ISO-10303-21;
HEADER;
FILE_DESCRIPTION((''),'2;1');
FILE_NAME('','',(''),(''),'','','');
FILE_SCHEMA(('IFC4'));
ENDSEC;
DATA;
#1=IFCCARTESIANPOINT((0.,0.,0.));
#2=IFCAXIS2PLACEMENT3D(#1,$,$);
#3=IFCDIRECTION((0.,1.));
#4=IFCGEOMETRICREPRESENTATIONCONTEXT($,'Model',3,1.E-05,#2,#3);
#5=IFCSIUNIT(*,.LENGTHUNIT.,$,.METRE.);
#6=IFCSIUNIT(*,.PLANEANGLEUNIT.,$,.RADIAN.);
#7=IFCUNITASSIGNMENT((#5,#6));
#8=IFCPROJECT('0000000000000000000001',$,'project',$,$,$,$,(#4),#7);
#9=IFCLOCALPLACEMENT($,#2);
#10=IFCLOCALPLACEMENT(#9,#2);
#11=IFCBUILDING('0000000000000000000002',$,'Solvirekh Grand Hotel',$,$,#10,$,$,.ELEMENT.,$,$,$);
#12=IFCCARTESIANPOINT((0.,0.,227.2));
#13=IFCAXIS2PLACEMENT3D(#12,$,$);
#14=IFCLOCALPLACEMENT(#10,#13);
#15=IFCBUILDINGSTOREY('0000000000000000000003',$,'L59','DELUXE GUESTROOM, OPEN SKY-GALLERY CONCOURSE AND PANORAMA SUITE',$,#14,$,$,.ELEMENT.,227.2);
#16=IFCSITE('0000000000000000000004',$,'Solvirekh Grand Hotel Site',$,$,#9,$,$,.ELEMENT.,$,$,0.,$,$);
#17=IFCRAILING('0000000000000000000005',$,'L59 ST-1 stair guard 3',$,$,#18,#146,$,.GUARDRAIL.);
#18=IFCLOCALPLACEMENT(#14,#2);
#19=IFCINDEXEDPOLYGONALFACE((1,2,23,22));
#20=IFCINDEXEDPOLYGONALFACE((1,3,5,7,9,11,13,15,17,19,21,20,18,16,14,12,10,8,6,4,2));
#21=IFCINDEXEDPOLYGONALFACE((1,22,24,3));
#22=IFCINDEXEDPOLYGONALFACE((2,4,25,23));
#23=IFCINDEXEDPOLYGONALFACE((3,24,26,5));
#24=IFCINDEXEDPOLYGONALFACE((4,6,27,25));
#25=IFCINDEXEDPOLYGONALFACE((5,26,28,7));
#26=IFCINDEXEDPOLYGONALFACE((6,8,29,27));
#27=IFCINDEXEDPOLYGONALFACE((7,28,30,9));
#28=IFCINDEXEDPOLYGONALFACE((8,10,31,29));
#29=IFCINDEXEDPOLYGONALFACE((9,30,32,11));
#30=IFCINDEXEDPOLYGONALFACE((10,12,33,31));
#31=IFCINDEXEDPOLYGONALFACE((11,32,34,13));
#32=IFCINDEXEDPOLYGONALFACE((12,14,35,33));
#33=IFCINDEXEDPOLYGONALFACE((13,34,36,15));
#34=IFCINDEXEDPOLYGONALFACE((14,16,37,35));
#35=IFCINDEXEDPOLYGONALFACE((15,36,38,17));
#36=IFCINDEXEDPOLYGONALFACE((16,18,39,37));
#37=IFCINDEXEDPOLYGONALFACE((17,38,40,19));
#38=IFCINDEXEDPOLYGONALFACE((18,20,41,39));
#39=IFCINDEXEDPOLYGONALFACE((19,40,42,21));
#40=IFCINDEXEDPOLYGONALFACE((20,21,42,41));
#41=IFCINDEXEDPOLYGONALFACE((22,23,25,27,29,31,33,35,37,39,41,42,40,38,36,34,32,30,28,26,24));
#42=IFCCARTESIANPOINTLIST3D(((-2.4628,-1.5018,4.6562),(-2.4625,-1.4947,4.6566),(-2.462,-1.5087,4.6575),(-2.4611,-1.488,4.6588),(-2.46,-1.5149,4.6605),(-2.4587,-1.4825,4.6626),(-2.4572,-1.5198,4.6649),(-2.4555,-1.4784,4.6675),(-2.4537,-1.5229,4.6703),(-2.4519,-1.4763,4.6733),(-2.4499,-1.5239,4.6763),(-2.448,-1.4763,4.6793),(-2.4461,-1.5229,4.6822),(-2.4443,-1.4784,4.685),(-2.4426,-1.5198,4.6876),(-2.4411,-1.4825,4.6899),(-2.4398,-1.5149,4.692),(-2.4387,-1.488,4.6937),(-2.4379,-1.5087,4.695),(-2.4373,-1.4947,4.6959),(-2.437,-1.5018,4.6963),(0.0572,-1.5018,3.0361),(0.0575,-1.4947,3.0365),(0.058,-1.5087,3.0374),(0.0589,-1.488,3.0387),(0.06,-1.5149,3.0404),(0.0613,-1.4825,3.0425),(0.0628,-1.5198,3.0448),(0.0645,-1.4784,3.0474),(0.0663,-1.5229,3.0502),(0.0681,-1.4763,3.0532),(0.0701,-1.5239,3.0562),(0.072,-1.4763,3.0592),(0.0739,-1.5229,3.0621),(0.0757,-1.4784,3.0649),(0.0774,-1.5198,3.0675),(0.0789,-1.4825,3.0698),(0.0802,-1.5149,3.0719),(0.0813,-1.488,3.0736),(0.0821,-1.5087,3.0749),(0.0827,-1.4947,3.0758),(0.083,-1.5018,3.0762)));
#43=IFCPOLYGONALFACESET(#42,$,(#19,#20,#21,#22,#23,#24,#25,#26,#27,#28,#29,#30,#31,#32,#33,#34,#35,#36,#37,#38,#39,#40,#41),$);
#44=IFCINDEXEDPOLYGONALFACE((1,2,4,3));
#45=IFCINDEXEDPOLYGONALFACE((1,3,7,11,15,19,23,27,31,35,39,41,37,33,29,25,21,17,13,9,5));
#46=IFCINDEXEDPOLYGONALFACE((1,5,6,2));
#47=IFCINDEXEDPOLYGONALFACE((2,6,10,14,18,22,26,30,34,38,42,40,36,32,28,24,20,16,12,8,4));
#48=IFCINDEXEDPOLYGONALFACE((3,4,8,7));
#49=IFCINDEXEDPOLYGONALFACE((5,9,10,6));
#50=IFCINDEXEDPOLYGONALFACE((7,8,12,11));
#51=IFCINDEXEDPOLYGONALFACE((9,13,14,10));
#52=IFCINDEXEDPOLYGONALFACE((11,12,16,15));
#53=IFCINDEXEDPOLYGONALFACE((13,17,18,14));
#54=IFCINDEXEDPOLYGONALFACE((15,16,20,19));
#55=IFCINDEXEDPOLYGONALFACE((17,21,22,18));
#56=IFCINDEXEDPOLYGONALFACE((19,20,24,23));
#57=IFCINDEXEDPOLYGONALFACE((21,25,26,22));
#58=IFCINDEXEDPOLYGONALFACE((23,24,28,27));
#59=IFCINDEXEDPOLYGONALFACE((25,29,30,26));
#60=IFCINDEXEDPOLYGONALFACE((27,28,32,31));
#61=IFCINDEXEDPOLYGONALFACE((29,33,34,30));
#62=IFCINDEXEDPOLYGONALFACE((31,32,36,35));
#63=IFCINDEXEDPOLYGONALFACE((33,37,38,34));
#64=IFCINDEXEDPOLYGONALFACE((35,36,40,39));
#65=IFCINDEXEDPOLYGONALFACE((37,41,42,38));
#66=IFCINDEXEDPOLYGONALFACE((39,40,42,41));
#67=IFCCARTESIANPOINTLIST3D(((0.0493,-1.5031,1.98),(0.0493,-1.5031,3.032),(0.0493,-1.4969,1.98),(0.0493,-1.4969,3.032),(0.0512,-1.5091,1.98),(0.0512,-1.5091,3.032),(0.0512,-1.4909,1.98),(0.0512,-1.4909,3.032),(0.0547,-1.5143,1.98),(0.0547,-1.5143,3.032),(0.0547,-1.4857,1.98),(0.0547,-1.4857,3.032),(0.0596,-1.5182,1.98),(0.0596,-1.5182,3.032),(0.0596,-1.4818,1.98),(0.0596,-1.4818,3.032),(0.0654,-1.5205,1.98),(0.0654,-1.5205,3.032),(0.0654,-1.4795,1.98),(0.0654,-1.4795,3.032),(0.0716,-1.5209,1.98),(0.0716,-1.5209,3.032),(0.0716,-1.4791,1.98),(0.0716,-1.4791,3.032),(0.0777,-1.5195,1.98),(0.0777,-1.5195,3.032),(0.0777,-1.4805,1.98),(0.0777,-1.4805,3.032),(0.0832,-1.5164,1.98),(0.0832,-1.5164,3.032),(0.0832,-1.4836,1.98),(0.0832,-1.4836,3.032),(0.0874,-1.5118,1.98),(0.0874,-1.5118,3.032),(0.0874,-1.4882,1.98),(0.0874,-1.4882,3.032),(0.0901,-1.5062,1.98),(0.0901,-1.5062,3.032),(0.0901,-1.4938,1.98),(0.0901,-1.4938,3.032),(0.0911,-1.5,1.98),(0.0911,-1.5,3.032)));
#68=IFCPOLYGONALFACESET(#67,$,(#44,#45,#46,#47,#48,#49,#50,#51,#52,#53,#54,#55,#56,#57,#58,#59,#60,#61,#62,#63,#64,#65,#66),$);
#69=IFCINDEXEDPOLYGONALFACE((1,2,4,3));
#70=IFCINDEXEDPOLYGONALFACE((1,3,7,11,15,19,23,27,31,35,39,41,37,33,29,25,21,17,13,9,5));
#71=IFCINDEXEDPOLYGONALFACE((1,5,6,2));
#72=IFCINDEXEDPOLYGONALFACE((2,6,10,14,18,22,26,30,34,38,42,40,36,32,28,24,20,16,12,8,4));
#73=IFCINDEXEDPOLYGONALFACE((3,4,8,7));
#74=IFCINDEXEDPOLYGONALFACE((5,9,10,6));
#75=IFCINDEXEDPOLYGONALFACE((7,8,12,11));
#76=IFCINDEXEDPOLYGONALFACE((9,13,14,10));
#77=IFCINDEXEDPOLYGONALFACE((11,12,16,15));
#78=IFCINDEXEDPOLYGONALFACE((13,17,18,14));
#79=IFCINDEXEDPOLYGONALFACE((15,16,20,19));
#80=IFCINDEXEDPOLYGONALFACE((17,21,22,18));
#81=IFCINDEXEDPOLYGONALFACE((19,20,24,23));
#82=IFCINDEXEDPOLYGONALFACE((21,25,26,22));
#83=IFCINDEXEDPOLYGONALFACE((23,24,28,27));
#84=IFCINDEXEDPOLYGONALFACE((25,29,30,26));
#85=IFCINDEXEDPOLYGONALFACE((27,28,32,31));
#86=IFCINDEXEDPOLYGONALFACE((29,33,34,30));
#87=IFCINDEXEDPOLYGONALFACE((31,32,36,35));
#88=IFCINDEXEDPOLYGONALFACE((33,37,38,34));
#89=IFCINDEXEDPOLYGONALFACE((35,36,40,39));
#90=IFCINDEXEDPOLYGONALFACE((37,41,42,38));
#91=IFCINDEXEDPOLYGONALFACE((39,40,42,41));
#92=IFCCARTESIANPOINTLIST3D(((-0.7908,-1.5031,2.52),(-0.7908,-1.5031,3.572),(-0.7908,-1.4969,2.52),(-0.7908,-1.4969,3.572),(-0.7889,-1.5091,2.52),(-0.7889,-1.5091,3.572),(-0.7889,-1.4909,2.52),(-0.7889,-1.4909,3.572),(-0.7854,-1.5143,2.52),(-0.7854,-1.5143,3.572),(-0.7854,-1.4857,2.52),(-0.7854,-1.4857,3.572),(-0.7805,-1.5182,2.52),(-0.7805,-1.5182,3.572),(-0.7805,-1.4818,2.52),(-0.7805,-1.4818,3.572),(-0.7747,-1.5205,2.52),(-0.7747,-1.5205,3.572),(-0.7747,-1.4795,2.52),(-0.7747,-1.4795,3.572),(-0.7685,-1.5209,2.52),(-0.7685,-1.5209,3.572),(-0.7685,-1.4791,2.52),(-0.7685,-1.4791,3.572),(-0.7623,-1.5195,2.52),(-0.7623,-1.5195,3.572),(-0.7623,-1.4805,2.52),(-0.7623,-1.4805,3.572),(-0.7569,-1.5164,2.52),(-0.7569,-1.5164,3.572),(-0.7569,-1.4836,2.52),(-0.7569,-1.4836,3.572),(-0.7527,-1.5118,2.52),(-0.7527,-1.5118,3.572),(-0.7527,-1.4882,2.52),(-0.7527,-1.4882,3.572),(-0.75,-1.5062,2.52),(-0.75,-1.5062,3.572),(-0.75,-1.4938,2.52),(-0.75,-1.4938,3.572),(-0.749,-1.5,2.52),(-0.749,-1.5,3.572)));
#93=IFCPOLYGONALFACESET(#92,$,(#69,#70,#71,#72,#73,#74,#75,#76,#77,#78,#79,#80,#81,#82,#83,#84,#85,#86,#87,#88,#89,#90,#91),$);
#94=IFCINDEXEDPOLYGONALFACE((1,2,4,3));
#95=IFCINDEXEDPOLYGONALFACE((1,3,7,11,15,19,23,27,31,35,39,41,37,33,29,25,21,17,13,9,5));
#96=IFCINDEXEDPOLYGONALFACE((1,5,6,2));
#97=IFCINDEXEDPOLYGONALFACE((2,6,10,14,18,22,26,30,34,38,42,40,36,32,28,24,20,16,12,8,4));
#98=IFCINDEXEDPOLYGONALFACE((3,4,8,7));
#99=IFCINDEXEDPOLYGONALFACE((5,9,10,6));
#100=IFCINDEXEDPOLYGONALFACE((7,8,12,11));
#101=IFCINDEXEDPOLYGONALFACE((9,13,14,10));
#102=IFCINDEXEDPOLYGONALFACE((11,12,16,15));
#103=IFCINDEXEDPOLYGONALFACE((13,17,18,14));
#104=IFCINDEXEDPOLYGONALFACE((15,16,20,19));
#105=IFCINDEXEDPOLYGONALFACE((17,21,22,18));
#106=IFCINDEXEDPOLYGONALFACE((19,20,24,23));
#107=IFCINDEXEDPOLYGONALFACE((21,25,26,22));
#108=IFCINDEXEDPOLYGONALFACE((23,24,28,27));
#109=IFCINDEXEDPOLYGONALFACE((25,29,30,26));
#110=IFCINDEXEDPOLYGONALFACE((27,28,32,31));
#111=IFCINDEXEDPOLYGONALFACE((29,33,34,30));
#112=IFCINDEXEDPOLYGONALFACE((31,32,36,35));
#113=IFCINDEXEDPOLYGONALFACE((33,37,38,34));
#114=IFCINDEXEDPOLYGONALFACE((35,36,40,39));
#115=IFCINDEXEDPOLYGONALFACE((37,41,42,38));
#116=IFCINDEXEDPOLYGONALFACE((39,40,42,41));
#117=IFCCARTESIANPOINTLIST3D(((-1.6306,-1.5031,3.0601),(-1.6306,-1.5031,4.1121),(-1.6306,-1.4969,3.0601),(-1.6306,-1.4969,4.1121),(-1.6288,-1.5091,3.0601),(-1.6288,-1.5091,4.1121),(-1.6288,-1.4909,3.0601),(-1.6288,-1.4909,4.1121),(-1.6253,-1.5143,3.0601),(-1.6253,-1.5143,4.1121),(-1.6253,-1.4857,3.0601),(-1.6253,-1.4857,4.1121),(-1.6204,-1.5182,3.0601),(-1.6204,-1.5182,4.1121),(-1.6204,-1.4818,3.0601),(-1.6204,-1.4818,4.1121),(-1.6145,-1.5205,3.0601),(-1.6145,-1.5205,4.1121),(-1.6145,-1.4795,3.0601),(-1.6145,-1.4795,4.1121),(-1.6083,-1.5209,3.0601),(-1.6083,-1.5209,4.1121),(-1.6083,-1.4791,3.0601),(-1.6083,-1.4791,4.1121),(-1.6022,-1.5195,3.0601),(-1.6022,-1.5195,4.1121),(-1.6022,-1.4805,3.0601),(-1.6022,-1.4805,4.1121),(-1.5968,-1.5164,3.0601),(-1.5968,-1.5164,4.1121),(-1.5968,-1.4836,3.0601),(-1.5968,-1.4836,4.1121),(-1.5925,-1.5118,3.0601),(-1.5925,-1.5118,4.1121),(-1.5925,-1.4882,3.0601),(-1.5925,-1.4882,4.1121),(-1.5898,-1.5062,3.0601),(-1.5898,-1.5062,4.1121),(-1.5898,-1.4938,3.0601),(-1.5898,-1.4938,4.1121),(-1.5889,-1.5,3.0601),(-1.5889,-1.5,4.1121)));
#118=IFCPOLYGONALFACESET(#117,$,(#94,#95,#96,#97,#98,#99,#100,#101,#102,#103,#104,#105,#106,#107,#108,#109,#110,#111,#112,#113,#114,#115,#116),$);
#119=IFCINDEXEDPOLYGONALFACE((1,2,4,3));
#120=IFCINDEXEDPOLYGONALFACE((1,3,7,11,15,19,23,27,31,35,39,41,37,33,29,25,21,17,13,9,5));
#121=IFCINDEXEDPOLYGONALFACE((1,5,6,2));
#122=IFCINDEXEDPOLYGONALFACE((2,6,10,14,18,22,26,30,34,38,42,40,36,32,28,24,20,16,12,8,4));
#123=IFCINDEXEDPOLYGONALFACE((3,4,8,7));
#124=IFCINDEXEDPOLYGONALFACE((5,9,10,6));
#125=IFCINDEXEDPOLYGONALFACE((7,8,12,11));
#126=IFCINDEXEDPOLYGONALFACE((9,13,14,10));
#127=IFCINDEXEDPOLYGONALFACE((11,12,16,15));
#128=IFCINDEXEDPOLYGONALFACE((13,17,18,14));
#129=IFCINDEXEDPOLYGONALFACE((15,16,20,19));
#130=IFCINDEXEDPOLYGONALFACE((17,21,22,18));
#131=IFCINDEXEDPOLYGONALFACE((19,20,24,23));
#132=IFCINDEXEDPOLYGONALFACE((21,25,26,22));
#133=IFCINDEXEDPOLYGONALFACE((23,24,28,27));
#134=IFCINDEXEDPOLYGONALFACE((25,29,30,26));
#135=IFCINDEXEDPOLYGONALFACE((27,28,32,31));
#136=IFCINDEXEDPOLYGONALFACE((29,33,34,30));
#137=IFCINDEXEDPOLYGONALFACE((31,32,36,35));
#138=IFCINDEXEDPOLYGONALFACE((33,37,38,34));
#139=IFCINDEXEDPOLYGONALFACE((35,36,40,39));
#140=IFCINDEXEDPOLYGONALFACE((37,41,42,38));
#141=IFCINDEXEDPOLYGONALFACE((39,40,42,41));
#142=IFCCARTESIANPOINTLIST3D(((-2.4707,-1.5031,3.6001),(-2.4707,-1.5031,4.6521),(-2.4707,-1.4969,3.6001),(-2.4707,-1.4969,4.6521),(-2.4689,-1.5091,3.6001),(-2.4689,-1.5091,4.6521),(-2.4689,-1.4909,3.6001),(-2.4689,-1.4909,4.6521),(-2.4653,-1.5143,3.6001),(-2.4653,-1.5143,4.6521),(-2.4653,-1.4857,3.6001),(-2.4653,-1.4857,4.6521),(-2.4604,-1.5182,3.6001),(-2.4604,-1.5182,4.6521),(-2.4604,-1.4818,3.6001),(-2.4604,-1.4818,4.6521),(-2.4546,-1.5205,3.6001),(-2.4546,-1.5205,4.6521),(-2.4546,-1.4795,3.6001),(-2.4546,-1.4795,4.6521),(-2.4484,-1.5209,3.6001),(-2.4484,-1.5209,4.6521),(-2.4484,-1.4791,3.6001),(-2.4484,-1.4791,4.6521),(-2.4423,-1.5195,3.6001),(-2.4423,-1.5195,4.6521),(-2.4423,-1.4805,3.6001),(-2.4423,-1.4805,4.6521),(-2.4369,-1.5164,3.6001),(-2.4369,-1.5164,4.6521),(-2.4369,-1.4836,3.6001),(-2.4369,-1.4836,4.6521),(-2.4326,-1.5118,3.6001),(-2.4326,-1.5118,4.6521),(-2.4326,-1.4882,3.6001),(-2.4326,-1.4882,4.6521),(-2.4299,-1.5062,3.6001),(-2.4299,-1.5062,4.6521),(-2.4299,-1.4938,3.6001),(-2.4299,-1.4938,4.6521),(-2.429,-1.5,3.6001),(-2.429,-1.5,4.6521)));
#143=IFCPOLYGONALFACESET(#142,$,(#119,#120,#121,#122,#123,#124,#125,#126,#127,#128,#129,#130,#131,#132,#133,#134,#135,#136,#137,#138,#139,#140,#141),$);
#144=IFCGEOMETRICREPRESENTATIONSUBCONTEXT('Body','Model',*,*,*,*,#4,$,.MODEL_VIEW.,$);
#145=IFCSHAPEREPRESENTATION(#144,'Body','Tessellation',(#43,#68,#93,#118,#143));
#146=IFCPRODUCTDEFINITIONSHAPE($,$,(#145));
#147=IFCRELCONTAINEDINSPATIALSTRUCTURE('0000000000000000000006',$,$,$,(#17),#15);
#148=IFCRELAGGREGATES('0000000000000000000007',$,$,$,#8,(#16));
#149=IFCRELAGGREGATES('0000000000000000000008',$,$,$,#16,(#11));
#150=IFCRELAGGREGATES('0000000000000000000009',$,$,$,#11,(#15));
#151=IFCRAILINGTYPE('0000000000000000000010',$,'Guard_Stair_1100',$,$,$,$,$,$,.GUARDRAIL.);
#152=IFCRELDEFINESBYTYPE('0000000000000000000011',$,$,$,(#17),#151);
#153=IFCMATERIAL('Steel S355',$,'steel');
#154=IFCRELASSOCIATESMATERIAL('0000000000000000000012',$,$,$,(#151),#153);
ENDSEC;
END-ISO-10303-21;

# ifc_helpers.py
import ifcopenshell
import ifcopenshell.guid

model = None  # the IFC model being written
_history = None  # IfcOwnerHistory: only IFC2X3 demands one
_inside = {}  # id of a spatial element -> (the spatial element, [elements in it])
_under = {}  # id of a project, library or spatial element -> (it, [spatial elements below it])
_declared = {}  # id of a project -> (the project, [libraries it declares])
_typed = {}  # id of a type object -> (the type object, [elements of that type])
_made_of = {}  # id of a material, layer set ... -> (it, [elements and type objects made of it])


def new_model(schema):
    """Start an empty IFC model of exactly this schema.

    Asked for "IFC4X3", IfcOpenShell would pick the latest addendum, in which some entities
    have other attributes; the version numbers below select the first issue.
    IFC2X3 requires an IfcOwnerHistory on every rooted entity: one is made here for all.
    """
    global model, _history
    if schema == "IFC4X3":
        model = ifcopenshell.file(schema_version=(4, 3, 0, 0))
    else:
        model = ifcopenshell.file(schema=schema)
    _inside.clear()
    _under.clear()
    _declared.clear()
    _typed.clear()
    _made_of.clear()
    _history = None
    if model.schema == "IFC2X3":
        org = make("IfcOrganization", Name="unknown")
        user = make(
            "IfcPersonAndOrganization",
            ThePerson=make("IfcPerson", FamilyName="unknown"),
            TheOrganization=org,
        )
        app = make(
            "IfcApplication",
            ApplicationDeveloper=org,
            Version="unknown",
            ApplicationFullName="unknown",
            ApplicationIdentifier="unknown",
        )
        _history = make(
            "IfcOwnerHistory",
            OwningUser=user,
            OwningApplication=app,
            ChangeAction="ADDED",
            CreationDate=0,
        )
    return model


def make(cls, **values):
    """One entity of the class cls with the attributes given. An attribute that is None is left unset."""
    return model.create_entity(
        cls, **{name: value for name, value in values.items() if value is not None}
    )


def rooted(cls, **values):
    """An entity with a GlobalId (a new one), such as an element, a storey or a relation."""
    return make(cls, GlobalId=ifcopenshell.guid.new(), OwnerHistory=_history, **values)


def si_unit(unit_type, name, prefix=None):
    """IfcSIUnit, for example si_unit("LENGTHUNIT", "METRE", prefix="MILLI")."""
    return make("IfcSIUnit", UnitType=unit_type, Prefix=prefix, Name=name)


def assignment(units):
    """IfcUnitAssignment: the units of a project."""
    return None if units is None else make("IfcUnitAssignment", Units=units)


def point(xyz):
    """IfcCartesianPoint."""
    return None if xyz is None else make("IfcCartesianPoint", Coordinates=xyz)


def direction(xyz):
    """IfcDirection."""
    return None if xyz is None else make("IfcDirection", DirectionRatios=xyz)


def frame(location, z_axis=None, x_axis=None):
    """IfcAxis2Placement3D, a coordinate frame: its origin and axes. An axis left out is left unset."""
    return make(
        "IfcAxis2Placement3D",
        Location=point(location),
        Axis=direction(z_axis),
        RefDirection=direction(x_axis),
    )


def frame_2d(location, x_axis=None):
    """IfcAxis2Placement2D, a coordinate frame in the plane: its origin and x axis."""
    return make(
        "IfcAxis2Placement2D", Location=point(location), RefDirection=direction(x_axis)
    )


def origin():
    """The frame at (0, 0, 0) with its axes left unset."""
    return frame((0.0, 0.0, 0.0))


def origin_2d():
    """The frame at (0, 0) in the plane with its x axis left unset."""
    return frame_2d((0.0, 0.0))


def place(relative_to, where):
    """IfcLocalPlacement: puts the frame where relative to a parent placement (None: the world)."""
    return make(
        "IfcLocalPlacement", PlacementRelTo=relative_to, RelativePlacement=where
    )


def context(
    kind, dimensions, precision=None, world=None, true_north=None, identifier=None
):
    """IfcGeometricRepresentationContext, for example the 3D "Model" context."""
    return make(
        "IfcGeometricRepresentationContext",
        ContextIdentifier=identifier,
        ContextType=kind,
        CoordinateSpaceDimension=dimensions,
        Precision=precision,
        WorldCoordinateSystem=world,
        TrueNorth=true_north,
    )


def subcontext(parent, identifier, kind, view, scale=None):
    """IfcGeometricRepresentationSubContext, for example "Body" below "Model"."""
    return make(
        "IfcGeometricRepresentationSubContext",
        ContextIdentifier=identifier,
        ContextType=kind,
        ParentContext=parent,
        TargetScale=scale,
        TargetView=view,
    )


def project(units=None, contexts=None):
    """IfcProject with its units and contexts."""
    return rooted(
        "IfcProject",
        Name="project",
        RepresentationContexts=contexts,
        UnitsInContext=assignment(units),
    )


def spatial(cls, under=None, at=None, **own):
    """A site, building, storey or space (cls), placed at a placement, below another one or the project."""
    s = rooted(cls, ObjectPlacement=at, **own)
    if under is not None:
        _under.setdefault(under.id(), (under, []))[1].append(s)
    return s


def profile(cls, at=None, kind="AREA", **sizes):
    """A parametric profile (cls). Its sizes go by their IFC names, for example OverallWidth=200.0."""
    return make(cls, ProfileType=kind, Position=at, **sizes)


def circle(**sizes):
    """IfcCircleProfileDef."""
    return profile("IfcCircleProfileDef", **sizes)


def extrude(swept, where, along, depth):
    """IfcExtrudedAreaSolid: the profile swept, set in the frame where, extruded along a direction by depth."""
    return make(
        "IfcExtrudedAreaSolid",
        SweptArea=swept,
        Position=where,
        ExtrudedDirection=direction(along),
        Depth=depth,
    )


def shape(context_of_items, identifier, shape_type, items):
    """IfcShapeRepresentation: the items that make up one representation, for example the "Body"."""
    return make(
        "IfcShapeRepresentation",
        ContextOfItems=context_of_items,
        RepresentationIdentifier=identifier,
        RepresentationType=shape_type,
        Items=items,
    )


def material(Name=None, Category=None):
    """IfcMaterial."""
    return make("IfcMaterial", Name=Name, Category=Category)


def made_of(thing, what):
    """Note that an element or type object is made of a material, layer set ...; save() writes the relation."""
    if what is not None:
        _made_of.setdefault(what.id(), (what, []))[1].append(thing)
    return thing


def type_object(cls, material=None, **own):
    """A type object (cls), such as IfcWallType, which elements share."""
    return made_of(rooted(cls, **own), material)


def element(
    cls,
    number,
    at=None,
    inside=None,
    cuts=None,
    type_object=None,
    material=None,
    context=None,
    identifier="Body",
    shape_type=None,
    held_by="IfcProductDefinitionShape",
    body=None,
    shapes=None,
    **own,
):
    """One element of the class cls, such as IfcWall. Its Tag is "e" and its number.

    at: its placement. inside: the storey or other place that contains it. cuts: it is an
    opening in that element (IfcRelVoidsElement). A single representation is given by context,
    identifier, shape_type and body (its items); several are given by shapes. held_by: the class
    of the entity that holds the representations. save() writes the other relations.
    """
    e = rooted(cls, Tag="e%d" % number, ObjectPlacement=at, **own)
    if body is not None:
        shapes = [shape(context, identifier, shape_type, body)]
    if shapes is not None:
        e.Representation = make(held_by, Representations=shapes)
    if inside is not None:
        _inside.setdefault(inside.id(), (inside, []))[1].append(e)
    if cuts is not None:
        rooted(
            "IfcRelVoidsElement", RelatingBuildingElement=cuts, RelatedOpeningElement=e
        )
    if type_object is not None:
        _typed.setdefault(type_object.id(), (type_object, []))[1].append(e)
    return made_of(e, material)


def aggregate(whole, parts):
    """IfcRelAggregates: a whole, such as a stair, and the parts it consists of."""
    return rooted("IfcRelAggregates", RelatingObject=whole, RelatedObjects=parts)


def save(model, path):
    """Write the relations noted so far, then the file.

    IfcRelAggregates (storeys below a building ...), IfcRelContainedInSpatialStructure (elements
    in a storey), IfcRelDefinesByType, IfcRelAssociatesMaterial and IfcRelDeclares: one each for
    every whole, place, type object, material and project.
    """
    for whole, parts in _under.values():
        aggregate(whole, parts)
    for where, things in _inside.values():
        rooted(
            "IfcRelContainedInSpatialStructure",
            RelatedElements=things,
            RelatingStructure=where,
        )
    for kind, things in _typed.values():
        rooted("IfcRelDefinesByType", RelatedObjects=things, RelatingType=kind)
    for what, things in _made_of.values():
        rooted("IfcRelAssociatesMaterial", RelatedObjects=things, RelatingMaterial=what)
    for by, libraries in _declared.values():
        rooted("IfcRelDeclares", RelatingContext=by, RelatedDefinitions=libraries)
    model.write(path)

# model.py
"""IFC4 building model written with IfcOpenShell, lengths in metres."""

from ifc_helpers import new_model, si_unit, direction, frame, origin, origin_2d, place, context, subcontext, project, spatial, circle, extrude, material, type_object, element, save


model = new_model("IFC4")

# Units and contexts
model_context = context("Model", 3, precision=1e-05, world=origin(), true_north=direction((0.0, 1.0)))
body_context = subcontext(model_context, "Body", "Model", "MODEL_VIEW")
ifc_project = project(units=[si_unit("LENGTHUNIT", "METRE"), si_unit("PLANEANGLEUNIT", "RADIAN")], contexts=[model_context])

# Site, building, storey
site_placement = place(None, origin())
site = spatial("IfcSite", under=ifc_project, at=site_placement, Name="Solvirekh Grand Hotel Site", CompositionType="ELEMENT", RefElevation=0.0)
building_placement = place(site_placement, origin())
building = spatial("IfcBuilding", under=site, at=building_placement, Name="Solvirekh Grand Hotel", CompositionType="ELEMENT")
storey_placement = place(building_placement, frame((0.0, 0.0, 227.2)))
storey = spatial("IfcBuildingStorey", under=building, at=storey_placement, Name="L59", Description="DELUXE GUESTROOM, OPEN SKY-GALLERY CONCOURSE AND PANORAMA SUITE", CompositionType="ELEMENT", Elevation=227.2)

# Railing
ifc_material_1 = material(Name="Steel S355", Category="steel")
railing_type_1 = type_object("IfcRailingType", Name="Guard_Stair_1100", PredefinedType="GUARDRAIL", material=ifc_material_1)
railing_1_placement = place(storey_placement, frame((0.0701, -1.5, 1.98)))
element("IfcRailing", 1, at=railing_1_placement, inside=storey, type_object=railing_type_1, Name="L59 ST-1 stair guard 3", PredefinedType="GUARDRAIL", context=body_context, shape_type="SweptSolid", body=[
    extrude(circle(Radius=0.0239, at=origin_2d()), frame((0.0, 0.0, 1.0762), z_axis=(-0.841163, 0.0, 0.540782), x_axis=(0.0, -1.0, 0.0)), (0.0, 0.0, 1.0), 2.9958),
    extrude(circle(Radius=0.021, at=origin_2d()), origin(), (0.0, 0.0, 1.0), 1.052),
    extrude(circle(Radius=0.021, at=origin_2d()), frame((-0.8401, 0.0, 0.54)), (0.0, 0.0, 1.0), 1.052),
    extrude(circle(Radius=0.021, at=origin_2d()), frame((-1.6799, 0.0, 1.0801)), (0.0, 0.0, 1.0), 1.052),
    extrude(circle(Radius=0.021, at=origin_2d()), frame((-2.52, 0.0, 1.6201)), (0.0, 0.0, 1.0), 1.052),
])

save(model, "model.ifc")
